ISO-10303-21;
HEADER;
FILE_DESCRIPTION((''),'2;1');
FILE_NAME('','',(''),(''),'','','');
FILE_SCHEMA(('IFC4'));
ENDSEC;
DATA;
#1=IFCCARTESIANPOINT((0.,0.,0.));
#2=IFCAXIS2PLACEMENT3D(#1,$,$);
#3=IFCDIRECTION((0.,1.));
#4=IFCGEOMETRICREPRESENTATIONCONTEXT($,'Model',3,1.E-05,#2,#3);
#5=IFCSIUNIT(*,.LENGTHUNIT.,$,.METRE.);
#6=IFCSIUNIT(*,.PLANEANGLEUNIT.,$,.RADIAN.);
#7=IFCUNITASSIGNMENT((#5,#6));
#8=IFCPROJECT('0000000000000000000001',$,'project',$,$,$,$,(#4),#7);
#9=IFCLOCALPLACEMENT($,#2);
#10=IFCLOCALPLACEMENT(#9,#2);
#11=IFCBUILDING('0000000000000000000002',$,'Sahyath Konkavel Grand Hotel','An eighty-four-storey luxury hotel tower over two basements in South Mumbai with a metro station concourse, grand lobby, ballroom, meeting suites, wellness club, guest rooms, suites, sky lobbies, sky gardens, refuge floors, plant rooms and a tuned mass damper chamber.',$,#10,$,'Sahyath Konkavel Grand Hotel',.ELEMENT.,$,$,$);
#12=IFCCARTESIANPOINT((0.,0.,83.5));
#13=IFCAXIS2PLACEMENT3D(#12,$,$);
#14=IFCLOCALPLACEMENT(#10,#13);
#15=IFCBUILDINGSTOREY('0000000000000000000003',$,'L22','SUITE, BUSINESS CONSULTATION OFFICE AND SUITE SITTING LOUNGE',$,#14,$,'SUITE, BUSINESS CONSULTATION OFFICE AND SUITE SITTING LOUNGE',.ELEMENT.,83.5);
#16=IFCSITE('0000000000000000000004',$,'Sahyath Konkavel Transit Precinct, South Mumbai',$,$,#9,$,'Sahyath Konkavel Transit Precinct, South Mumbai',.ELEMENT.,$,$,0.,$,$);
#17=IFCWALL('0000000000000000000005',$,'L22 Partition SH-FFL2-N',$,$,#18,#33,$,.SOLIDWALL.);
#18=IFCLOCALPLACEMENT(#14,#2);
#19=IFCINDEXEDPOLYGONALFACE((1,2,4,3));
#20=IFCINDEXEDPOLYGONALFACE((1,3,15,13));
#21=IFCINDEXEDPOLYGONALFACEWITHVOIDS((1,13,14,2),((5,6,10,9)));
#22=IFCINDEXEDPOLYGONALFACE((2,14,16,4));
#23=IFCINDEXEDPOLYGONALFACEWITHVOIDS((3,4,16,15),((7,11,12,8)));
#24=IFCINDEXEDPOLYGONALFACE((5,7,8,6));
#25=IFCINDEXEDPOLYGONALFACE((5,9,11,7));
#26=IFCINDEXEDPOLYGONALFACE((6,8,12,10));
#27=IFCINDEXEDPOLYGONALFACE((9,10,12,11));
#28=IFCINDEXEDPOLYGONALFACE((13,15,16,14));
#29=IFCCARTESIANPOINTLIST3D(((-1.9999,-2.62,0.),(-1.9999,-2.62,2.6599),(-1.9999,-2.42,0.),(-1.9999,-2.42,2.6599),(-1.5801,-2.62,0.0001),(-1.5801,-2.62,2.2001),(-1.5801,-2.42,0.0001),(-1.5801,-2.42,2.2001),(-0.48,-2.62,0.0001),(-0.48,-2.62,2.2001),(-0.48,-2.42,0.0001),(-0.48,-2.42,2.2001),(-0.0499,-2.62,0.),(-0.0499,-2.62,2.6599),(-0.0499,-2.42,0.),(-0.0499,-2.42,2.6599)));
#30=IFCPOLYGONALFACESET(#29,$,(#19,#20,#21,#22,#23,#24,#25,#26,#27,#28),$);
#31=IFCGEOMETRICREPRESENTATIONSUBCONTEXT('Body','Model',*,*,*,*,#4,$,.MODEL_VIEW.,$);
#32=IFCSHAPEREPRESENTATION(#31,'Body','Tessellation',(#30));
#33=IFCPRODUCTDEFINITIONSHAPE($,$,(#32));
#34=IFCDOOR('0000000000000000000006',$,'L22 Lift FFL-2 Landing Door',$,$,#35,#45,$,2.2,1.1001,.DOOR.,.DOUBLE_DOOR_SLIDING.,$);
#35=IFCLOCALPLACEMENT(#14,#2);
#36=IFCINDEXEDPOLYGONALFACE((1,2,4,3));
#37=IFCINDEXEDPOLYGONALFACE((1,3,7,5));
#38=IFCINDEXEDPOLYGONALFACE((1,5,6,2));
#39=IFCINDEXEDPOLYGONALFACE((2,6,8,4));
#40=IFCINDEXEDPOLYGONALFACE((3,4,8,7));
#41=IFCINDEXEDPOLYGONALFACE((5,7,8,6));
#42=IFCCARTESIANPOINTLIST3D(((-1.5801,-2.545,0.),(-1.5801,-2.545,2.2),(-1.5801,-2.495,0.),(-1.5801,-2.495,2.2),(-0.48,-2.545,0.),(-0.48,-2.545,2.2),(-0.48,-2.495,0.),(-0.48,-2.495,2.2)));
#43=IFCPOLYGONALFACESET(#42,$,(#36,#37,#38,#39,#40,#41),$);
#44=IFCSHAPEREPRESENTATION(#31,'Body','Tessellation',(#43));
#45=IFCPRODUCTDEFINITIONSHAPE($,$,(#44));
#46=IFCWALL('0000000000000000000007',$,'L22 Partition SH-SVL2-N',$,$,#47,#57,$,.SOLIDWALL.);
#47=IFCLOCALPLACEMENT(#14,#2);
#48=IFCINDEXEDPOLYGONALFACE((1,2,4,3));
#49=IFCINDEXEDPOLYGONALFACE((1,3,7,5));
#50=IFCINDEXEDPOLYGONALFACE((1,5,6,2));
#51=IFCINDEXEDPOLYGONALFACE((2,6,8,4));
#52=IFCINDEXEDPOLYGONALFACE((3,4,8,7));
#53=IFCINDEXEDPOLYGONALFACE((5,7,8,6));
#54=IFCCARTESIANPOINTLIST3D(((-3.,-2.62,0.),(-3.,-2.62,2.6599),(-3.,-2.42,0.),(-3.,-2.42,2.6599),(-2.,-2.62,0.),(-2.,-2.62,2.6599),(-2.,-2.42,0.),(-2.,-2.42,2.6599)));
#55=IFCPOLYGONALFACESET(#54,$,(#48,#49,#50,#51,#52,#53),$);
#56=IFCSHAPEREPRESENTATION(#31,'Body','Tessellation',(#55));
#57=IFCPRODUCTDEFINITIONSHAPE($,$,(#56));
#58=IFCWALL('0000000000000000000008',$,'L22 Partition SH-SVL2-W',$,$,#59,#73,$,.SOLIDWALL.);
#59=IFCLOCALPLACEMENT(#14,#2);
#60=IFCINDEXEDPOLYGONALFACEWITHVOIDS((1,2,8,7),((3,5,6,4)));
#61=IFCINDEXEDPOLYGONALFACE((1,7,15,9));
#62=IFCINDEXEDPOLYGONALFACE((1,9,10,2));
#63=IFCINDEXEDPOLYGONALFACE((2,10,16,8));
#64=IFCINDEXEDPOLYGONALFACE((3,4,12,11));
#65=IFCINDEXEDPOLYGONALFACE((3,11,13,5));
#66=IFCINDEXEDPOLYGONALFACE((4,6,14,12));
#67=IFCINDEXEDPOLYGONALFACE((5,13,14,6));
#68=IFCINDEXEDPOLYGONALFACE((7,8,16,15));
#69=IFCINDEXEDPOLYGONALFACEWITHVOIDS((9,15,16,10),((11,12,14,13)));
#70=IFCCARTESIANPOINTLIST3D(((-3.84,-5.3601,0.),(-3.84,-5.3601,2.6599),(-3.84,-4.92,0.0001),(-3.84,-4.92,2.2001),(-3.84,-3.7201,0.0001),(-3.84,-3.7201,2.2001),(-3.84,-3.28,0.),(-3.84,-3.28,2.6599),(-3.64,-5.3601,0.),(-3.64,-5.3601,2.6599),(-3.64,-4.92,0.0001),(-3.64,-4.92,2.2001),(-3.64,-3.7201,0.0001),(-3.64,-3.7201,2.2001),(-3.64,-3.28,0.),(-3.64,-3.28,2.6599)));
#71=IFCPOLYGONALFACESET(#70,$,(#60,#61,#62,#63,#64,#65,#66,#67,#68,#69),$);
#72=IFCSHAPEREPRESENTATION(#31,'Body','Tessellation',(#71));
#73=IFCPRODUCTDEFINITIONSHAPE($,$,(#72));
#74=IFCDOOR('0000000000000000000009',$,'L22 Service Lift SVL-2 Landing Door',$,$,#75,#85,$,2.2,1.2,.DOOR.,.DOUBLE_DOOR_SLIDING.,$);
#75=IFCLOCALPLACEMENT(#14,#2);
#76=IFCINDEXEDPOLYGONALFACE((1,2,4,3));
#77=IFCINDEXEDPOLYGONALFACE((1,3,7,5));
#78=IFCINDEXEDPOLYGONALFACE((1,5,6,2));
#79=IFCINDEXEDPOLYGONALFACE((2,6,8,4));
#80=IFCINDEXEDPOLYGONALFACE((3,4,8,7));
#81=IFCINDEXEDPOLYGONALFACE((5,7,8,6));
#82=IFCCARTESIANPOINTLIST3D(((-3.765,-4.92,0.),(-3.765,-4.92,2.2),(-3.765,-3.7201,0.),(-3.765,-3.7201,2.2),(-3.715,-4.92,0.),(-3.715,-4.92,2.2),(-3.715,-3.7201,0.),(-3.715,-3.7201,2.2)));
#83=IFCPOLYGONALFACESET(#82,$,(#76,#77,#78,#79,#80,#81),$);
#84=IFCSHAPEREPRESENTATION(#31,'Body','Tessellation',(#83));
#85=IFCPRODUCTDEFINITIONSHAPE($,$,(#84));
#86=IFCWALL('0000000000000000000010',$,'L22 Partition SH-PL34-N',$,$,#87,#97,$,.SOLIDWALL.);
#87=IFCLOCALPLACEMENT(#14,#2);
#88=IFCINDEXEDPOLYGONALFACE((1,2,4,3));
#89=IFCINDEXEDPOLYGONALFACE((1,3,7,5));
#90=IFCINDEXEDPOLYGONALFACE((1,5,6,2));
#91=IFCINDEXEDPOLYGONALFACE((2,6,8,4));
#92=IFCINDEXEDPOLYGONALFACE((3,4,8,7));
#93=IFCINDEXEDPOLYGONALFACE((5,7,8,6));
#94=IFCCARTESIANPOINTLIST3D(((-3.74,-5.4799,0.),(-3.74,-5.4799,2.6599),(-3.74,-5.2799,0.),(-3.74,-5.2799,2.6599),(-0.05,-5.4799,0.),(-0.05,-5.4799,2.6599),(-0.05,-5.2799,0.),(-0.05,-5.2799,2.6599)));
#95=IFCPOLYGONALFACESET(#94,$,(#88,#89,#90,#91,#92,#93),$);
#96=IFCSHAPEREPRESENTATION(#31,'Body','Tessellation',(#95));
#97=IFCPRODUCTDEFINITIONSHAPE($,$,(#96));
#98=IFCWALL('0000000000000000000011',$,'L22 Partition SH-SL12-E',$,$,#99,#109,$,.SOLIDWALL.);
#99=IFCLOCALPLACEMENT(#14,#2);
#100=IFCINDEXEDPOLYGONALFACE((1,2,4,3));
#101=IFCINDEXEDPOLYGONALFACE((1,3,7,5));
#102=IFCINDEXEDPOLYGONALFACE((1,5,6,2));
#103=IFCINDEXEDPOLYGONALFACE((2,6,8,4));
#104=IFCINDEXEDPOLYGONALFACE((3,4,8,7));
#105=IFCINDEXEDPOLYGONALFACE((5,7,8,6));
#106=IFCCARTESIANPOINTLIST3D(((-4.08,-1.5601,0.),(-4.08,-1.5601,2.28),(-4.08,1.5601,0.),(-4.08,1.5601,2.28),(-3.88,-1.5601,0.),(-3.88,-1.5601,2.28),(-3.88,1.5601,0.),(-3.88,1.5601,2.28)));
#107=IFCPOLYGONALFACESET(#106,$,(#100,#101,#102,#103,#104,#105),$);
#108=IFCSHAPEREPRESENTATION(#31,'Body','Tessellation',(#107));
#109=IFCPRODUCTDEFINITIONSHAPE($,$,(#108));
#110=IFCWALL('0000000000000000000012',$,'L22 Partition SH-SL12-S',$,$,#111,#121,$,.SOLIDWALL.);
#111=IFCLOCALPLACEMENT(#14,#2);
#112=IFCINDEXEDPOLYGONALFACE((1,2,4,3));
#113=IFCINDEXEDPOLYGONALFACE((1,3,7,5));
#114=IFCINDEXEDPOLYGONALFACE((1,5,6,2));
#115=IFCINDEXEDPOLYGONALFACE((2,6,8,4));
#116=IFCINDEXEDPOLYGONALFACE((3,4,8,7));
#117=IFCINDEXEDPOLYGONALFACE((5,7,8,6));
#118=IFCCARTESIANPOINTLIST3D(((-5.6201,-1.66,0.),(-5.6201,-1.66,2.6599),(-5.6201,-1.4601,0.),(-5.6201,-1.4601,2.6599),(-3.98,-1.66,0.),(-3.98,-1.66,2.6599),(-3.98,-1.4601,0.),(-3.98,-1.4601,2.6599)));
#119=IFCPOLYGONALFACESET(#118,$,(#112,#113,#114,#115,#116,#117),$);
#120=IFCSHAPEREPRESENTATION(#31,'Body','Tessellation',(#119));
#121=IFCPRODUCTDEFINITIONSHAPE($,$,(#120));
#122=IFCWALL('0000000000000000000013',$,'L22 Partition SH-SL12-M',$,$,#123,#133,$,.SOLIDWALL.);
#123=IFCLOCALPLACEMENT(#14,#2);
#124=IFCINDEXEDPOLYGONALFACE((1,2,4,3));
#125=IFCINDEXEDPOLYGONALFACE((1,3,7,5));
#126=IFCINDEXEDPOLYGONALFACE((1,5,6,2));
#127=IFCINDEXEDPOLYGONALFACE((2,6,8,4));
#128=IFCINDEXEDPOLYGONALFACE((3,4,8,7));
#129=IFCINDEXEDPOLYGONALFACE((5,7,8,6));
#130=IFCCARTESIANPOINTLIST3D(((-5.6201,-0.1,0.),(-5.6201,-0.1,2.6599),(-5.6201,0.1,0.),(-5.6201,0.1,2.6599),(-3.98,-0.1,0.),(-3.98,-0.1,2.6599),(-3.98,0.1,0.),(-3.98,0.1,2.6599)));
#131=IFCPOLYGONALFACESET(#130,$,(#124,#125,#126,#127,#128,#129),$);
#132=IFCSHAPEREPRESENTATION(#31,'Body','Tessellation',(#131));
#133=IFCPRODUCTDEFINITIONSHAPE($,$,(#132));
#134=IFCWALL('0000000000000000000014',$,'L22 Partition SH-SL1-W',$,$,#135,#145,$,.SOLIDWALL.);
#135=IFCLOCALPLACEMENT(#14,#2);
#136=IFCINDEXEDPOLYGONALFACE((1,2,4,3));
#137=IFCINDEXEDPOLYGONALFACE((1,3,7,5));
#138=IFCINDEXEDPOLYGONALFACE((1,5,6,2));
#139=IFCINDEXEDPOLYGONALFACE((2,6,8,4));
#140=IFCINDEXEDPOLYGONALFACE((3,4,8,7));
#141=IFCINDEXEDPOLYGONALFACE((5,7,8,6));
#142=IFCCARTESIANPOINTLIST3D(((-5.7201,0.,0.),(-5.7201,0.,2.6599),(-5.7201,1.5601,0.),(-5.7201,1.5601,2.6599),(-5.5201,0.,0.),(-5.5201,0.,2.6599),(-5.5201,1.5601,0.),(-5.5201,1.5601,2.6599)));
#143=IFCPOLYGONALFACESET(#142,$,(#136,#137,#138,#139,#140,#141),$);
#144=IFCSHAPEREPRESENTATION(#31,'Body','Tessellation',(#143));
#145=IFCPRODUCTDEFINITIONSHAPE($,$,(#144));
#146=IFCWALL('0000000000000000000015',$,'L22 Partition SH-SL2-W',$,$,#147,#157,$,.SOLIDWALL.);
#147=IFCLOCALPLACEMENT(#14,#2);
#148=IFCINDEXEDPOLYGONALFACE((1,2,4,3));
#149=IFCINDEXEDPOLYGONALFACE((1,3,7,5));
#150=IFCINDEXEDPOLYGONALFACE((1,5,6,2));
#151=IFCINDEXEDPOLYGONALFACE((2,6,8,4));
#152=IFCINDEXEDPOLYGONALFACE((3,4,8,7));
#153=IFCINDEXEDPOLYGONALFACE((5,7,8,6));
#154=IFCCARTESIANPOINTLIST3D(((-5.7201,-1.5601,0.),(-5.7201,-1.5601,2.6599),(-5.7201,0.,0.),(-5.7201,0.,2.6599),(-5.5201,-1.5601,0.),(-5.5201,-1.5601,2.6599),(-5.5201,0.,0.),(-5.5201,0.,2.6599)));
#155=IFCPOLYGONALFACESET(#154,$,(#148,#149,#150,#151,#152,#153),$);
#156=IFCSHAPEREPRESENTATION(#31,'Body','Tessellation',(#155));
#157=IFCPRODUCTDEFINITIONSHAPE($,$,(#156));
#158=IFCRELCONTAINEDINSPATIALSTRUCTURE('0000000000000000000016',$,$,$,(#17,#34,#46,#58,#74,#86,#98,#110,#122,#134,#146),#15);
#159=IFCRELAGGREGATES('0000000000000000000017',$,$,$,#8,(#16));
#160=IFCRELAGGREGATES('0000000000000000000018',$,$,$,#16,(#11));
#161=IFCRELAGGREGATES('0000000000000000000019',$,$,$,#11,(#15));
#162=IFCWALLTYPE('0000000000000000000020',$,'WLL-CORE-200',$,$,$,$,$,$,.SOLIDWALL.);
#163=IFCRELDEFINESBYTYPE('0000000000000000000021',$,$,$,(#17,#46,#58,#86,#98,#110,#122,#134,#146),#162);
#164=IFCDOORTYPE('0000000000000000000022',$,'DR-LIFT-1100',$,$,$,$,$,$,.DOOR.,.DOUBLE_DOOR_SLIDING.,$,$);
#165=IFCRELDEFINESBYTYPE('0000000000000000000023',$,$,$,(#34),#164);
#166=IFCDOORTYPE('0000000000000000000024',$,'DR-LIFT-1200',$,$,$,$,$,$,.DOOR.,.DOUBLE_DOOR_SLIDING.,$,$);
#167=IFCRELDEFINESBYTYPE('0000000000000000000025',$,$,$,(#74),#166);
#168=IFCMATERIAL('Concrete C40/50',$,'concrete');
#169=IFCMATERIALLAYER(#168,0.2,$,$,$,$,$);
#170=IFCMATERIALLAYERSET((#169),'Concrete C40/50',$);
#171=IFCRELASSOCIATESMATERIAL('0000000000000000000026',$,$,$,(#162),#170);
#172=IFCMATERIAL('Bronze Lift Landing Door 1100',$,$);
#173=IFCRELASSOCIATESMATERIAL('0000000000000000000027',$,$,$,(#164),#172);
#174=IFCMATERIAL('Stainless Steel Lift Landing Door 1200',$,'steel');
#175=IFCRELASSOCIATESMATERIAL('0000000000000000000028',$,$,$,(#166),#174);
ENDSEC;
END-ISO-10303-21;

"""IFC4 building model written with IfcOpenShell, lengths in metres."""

from ifc_helpers import new_model, si_unit, direction, frame, frame_2d, origin, origin_2d, place, context, subcontext, project, spatial, rectangle, extrude, source, transform, mapped, material, layer, layer_set, type_object, element, fill, save


model = new_model("IFC4")

# Units and contexts
model_context = context("Model", 3, precision=1e-05, world=origin(), true_north=direction((0.0, 1.0)))
body_context = subcontext(model_context, "Body", "Model", "MODEL_VIEW")
ifc_project = project(units=[si_unit("LENGTHUNIT", "METRE"), si_unit("PLANEANGLEUNIT", "RADIAN")], contexts=[model_context])

# Site, building, storey
site_placement = place(None, origin())
site = spatial("IfcSite", under=ifc_project, at=site_placement, Name="Sahyath Konkavel Transit Precinct, South Mumbai", LongName="Sahyath Konkavel Transit Precinct, South Mumbai", CompositionType="ELEMENT", RefElevation=0.0)
building_placement = place(site_placement, origin())
building = spatial("IfcBuilding", under=site, at=building_placement, Name="Sahyath Konkavel Grand Hotel", Description="An eighty-four-storey luxury hotel tower over two basements in South Mumbai with a metro station concourse, grand lobby, ballroom, meeting suites, wellness club, guest rooms, suites, sky lobbies, sky gardens, refuge floors, plant rooms and a tuned mass damper chamber.", LongName="Sahyath Konkavel Grand Hotel", CompositionType="ELEMENT")
storey_placement = place(building_placement, frame((0.0, 0.0, 83.5)))
storey = spatial("IfcBuildingStorey", under=building, at=storey_placement, Name="L22", Description="SUITE, BUSINESS CONSULTATION OFFICE AND SUITE SITTING LOUNGE", LongName="SUITE, BUSINESS CONSULTATION OFFICE AND SUITE SITTING LOUNGE", CompositionType="ELEMENT", Elevation=83.5)

# Shared definitions
ifc_material_1 = material(Name="Concrete C40/50", Category="concrete")
ifc_layer_1 = layer(ifc_material_1, 0.2)
ifc_layer_set_1 = layer_set([ifc_layer_1], Name="Concrete C40/50")
wall_type_1 = type_object("IfcWallType", Name="WLL-CORE-200", PredefinedType="SOLIDWALL", material=ifc_layer_set_1)

# Wall, opening, door
wall_1_placement = place(storey_placement, frame((-2.0, -2.52, 0.0), z_axis=(0.0, 0.0, 1.0), x_axis=(1.0, 0.0, 0.0)))
wall_1 = element("IfcWall", 1, at=wall_1_placement, inside=storey, type_object=wall_type_1, Name="L22 Partition SH-FFL2-N", PredefinedType="SOLIDWALL", context=body_context, shape_type="SweptSolid", body=[
    extrude(rectangle(XDim=1.95, YDim=0.2, at=frame_2d((0.9751, 0.0))), origin(), (0.0, 0.0, 1.0), 2.6599),
])
opening_1_placement = place(wall_1_placement, frame((0.4199, 0.0, 0.0)))
opening_1 = element("IfcOpeningElement", 2, at=opening_1_placement, cuts=wall_1, PredefinedType="OPENING", context=body_context, shape_type="SweptSolid", body=[
    extrude(rectangle(XDim=1.1001, YDim=2.2, at=frame_2d((0.55, 1.1001))), frame((0.0, 0.1099, 0.0), z_axis=(0.0, -1.0, 0.0), x_axis=(1.0, 0.0, 0.0)), (0.0, 0.0, 1.0), 0.22),
])
ifc_material_2 = material(Name="Bronze Lift Landing Door 1100")
door_type_1 = type_object("IfcDoorType", Name="DR-LIFT-1100", OperationType="DOUBLE_DOOR_SLIDING", PredefinedType="DOOR", material=ifc_material_2)
shared_shape_1 = source(origin(), body_context, "Body", "SweptSolid", [
    extrude(rectangle(XDim=1.1001, YDim=0.05, at=origin_2d()), origin(), (0.0, 0.0, 1.0), 2.2),
])
door_1_placement = place(opening_1_placement, frame((0.55, 0.0, 0.0)))
door_1 = element("IfcDoor", 3, at=door_1_placement, inside=storey, type_object=door_type_1, Name="L22 Lift FFL-2 Landing Door", OperationType="DOUBLE_DOOR_SLIDING", OverallHeight=2.2, OverallWidth=1.1001, PredefinedType="DOOR", context=body_context, shape_type="MappedRepresentation", body=[
    mapped(shared_shape_1, transform((0.0, 0.0, 0.0), scale=1.0)),
])
fill(opening_1, door_1)

# Wall
wall_2_placement = place(storey_placement, frame((-3.0, -2.52, 0.0), z_axis=(0.0, 0.0, 1.0), x_axis=(1.0, 0.0, 0.0)))
element("IfcWall", 4, at=wall_2_placement, inside=storey, type_object=wall_type_1, Name="L22 Partition SH-SVL2-N", PredefinedType="SOLIDWALL", context=body_context, shape_type="SweptSolid", body=[
    extrude(rectangle(XDim=1.0, YDim=0.2, at=frame_2d((0.5, 0.0))), origin(), (0.0, 0.0, 1.0), 2.6599),
])

# Wall, opening, door
wall_3_placement = place(storey_placement, frame((-3.74, -5.3601, 0.0), z_axis=(0.0, 0.0, 1.0), x_axis=(0.0, 1.0, 0.0)))
wall_3 = element("IfcWall", 5, at=wall_3_placement, inside=storey, type_object=wall_type_1, Name="L22 Partition SH-SVL2-W", PredefinedType="SOLIDWALL", context=body_context, shape_type="SweptSolid", body=[
    extrude(rectangle(XDim=2.0801, YDim=0.2, at=frame_2d((1.04, 0.0))), origin(), (0.0, 0.0, 1.0), 2.6599),
])
opening_2_placement = place(wall_3_placement, frame((0.4399, 0.0, 0.0)))
opening_2 = element("IfcOpeningElement", 6, at=opening_2_placement, cuts=wall_3, PredefinedType="OPENING", context=body_context, shape_type="SweptSolid", body=[
    extrude(rectangle(XDim=1.2, YDim=2.2, at=frame_2d((0.6001, 1.1001))), frame((0.0, 0.1099, 0.0), z_axis=(0.0, -1.0, 0.0), x_axis=(1.0, 0.0, 0.0)), (0.0, 0.0, 1.0), 0.22),
])
ifc_material_3 = material(Name="Stainless Steel Lift Landing Door 1200", Category="steel")
door_type_2 = type_object("IfcDoorType", Name="DR-LIFT-1200", OperationType="DOUBLE_DOOR_SLIDING", PredefinedType="DOOR", material=ifc_material_3)
shared_shape_2 = source(origin(), body_context, "Body", "SweptSolid", [
    extrude(rectangle(XDim=1.2, YDim=0.05, at=origin_2d()), origin(), (0.0, 0.0, 1.0), 2.2),
])
door_2_placement = place(opening_2_placement, frame((0.6001, 0.0, 0.0)))
door_2 = element("IfcDoor", 7, at=door_2_placement, inside=storey, type_object=door_type_2, Name="L22 Service Lift SVL-2 Landing Door", OperationType="DOUBLE_DOOR_SLIDING", OverallHeight=2.2, OverallWidth=1.2, PredefinedType="DOOR", context=body_context, shape_type="MappedRepresentation", body=[
    mapped(shared_shape_2, transform((0.0, 0.0, 0.0), scale=1.0)),
])
fill(opening_2, door_2)

# Walls
wall_4_placement = place(storey_placement, frame((-3.74, -5.3799, 0.0), z_axis=(0.0, 0.0, 1.0), x_axis=(1.0, 0.0, 0.0)))
element("IfcWall", 8, at=wall_4_placement, inside=storey, type_object=wall_type_1, Name="L22 Partition SH-PL34-N", PredefinedType="SOLIDWALL", context=body_context, shape_type="SweptSolid", body=[
    extrude(rectangle(XDim=3.6899, YDim=0.2, at=frame_2d((1.845, 0.0))), origin(), (0.0, 0.0, 1.0), 2.6599),
])
wall_5_placement = place(storey_placement, frame((-3.98, -1.5601, 0.0), z_axis=(0.0, 0.0, 1.0), x_axis=(0.0, 1.0, 0.0)))
element("IfcWall", 9, at=wall_5_placement, inside=storey, type_object=wall_type_1, Name="L22 Partition SH-SL12-E", PredefinedType="SOLIDWALL", context=body_context, shape_type="SweptSolid", body=[
    extrude(rectangle(XDim=3.1201, YDim=0.2, at=frame_2d((1.5601, 0.0))), origin(), (0.0, 0.0, 1.0), 2.28),
])
for number, where, z_axis, x_axis, name in (
    (10, (-5.6201, -1.5601, 0.0), (0.0, 0.0, 1.0), (1.0, 0.0, 0.0), "L22 Partition SH-SL12-S"),
    (11, (-5.6201, 0.0, 0.0), (0.0, 0.0, 1.0), (1.0, 0.0, 0.0), "L22 Partition SH-SL12-M"),
):
    element("IfcWall", number, at=place(storey_placement, frame(where, z_axis=z_axis, x_axis=x_axis)), inside=storey, type_object=wall_type_1, Name=name, PredefinedType="SOLIDWALL", context=body_context, shape_type="SweptSolid", body=[
        extrude(rectangle(XDim=1.6401, YDim=0.2, at=frame_2d((0.8201, 0.0))), origin(), (0.0, 0.0, 1.0), 2.6599),
    ])
for number, where, z_axis, x_axis, name in (
    (12, (-5.6201, 0.0, 0.0), (0.0, 0.0, 1.0), (0.0, 1.0, 0.0), "L22 Partition SH-SL1-W"),
    (13, (-5.6201, -1.5601, 0.0), (0.0, 0.0, 1.0), (0.0, 1.0, 0.0), "L22 Partition SH-SL2-W"),
):
    element("IfcWall", number, at=place(storey_placement, frame(where, z_axis=z_axis, x_axis=x_axis)), inside=storey, type_object=wall_type_1, Name=name, PredefinedType="SOLIDWALL", context=body_context, shape_type="SweptSolid", body=[
        extrude(rectangle(XDim=1.5601, YDim=0.2, at=frame_2d((0.78, 0.0))), origin(), (0.0, 0.0, 1.0), 2.6599),
    ])

save(model, "model.ifc")
